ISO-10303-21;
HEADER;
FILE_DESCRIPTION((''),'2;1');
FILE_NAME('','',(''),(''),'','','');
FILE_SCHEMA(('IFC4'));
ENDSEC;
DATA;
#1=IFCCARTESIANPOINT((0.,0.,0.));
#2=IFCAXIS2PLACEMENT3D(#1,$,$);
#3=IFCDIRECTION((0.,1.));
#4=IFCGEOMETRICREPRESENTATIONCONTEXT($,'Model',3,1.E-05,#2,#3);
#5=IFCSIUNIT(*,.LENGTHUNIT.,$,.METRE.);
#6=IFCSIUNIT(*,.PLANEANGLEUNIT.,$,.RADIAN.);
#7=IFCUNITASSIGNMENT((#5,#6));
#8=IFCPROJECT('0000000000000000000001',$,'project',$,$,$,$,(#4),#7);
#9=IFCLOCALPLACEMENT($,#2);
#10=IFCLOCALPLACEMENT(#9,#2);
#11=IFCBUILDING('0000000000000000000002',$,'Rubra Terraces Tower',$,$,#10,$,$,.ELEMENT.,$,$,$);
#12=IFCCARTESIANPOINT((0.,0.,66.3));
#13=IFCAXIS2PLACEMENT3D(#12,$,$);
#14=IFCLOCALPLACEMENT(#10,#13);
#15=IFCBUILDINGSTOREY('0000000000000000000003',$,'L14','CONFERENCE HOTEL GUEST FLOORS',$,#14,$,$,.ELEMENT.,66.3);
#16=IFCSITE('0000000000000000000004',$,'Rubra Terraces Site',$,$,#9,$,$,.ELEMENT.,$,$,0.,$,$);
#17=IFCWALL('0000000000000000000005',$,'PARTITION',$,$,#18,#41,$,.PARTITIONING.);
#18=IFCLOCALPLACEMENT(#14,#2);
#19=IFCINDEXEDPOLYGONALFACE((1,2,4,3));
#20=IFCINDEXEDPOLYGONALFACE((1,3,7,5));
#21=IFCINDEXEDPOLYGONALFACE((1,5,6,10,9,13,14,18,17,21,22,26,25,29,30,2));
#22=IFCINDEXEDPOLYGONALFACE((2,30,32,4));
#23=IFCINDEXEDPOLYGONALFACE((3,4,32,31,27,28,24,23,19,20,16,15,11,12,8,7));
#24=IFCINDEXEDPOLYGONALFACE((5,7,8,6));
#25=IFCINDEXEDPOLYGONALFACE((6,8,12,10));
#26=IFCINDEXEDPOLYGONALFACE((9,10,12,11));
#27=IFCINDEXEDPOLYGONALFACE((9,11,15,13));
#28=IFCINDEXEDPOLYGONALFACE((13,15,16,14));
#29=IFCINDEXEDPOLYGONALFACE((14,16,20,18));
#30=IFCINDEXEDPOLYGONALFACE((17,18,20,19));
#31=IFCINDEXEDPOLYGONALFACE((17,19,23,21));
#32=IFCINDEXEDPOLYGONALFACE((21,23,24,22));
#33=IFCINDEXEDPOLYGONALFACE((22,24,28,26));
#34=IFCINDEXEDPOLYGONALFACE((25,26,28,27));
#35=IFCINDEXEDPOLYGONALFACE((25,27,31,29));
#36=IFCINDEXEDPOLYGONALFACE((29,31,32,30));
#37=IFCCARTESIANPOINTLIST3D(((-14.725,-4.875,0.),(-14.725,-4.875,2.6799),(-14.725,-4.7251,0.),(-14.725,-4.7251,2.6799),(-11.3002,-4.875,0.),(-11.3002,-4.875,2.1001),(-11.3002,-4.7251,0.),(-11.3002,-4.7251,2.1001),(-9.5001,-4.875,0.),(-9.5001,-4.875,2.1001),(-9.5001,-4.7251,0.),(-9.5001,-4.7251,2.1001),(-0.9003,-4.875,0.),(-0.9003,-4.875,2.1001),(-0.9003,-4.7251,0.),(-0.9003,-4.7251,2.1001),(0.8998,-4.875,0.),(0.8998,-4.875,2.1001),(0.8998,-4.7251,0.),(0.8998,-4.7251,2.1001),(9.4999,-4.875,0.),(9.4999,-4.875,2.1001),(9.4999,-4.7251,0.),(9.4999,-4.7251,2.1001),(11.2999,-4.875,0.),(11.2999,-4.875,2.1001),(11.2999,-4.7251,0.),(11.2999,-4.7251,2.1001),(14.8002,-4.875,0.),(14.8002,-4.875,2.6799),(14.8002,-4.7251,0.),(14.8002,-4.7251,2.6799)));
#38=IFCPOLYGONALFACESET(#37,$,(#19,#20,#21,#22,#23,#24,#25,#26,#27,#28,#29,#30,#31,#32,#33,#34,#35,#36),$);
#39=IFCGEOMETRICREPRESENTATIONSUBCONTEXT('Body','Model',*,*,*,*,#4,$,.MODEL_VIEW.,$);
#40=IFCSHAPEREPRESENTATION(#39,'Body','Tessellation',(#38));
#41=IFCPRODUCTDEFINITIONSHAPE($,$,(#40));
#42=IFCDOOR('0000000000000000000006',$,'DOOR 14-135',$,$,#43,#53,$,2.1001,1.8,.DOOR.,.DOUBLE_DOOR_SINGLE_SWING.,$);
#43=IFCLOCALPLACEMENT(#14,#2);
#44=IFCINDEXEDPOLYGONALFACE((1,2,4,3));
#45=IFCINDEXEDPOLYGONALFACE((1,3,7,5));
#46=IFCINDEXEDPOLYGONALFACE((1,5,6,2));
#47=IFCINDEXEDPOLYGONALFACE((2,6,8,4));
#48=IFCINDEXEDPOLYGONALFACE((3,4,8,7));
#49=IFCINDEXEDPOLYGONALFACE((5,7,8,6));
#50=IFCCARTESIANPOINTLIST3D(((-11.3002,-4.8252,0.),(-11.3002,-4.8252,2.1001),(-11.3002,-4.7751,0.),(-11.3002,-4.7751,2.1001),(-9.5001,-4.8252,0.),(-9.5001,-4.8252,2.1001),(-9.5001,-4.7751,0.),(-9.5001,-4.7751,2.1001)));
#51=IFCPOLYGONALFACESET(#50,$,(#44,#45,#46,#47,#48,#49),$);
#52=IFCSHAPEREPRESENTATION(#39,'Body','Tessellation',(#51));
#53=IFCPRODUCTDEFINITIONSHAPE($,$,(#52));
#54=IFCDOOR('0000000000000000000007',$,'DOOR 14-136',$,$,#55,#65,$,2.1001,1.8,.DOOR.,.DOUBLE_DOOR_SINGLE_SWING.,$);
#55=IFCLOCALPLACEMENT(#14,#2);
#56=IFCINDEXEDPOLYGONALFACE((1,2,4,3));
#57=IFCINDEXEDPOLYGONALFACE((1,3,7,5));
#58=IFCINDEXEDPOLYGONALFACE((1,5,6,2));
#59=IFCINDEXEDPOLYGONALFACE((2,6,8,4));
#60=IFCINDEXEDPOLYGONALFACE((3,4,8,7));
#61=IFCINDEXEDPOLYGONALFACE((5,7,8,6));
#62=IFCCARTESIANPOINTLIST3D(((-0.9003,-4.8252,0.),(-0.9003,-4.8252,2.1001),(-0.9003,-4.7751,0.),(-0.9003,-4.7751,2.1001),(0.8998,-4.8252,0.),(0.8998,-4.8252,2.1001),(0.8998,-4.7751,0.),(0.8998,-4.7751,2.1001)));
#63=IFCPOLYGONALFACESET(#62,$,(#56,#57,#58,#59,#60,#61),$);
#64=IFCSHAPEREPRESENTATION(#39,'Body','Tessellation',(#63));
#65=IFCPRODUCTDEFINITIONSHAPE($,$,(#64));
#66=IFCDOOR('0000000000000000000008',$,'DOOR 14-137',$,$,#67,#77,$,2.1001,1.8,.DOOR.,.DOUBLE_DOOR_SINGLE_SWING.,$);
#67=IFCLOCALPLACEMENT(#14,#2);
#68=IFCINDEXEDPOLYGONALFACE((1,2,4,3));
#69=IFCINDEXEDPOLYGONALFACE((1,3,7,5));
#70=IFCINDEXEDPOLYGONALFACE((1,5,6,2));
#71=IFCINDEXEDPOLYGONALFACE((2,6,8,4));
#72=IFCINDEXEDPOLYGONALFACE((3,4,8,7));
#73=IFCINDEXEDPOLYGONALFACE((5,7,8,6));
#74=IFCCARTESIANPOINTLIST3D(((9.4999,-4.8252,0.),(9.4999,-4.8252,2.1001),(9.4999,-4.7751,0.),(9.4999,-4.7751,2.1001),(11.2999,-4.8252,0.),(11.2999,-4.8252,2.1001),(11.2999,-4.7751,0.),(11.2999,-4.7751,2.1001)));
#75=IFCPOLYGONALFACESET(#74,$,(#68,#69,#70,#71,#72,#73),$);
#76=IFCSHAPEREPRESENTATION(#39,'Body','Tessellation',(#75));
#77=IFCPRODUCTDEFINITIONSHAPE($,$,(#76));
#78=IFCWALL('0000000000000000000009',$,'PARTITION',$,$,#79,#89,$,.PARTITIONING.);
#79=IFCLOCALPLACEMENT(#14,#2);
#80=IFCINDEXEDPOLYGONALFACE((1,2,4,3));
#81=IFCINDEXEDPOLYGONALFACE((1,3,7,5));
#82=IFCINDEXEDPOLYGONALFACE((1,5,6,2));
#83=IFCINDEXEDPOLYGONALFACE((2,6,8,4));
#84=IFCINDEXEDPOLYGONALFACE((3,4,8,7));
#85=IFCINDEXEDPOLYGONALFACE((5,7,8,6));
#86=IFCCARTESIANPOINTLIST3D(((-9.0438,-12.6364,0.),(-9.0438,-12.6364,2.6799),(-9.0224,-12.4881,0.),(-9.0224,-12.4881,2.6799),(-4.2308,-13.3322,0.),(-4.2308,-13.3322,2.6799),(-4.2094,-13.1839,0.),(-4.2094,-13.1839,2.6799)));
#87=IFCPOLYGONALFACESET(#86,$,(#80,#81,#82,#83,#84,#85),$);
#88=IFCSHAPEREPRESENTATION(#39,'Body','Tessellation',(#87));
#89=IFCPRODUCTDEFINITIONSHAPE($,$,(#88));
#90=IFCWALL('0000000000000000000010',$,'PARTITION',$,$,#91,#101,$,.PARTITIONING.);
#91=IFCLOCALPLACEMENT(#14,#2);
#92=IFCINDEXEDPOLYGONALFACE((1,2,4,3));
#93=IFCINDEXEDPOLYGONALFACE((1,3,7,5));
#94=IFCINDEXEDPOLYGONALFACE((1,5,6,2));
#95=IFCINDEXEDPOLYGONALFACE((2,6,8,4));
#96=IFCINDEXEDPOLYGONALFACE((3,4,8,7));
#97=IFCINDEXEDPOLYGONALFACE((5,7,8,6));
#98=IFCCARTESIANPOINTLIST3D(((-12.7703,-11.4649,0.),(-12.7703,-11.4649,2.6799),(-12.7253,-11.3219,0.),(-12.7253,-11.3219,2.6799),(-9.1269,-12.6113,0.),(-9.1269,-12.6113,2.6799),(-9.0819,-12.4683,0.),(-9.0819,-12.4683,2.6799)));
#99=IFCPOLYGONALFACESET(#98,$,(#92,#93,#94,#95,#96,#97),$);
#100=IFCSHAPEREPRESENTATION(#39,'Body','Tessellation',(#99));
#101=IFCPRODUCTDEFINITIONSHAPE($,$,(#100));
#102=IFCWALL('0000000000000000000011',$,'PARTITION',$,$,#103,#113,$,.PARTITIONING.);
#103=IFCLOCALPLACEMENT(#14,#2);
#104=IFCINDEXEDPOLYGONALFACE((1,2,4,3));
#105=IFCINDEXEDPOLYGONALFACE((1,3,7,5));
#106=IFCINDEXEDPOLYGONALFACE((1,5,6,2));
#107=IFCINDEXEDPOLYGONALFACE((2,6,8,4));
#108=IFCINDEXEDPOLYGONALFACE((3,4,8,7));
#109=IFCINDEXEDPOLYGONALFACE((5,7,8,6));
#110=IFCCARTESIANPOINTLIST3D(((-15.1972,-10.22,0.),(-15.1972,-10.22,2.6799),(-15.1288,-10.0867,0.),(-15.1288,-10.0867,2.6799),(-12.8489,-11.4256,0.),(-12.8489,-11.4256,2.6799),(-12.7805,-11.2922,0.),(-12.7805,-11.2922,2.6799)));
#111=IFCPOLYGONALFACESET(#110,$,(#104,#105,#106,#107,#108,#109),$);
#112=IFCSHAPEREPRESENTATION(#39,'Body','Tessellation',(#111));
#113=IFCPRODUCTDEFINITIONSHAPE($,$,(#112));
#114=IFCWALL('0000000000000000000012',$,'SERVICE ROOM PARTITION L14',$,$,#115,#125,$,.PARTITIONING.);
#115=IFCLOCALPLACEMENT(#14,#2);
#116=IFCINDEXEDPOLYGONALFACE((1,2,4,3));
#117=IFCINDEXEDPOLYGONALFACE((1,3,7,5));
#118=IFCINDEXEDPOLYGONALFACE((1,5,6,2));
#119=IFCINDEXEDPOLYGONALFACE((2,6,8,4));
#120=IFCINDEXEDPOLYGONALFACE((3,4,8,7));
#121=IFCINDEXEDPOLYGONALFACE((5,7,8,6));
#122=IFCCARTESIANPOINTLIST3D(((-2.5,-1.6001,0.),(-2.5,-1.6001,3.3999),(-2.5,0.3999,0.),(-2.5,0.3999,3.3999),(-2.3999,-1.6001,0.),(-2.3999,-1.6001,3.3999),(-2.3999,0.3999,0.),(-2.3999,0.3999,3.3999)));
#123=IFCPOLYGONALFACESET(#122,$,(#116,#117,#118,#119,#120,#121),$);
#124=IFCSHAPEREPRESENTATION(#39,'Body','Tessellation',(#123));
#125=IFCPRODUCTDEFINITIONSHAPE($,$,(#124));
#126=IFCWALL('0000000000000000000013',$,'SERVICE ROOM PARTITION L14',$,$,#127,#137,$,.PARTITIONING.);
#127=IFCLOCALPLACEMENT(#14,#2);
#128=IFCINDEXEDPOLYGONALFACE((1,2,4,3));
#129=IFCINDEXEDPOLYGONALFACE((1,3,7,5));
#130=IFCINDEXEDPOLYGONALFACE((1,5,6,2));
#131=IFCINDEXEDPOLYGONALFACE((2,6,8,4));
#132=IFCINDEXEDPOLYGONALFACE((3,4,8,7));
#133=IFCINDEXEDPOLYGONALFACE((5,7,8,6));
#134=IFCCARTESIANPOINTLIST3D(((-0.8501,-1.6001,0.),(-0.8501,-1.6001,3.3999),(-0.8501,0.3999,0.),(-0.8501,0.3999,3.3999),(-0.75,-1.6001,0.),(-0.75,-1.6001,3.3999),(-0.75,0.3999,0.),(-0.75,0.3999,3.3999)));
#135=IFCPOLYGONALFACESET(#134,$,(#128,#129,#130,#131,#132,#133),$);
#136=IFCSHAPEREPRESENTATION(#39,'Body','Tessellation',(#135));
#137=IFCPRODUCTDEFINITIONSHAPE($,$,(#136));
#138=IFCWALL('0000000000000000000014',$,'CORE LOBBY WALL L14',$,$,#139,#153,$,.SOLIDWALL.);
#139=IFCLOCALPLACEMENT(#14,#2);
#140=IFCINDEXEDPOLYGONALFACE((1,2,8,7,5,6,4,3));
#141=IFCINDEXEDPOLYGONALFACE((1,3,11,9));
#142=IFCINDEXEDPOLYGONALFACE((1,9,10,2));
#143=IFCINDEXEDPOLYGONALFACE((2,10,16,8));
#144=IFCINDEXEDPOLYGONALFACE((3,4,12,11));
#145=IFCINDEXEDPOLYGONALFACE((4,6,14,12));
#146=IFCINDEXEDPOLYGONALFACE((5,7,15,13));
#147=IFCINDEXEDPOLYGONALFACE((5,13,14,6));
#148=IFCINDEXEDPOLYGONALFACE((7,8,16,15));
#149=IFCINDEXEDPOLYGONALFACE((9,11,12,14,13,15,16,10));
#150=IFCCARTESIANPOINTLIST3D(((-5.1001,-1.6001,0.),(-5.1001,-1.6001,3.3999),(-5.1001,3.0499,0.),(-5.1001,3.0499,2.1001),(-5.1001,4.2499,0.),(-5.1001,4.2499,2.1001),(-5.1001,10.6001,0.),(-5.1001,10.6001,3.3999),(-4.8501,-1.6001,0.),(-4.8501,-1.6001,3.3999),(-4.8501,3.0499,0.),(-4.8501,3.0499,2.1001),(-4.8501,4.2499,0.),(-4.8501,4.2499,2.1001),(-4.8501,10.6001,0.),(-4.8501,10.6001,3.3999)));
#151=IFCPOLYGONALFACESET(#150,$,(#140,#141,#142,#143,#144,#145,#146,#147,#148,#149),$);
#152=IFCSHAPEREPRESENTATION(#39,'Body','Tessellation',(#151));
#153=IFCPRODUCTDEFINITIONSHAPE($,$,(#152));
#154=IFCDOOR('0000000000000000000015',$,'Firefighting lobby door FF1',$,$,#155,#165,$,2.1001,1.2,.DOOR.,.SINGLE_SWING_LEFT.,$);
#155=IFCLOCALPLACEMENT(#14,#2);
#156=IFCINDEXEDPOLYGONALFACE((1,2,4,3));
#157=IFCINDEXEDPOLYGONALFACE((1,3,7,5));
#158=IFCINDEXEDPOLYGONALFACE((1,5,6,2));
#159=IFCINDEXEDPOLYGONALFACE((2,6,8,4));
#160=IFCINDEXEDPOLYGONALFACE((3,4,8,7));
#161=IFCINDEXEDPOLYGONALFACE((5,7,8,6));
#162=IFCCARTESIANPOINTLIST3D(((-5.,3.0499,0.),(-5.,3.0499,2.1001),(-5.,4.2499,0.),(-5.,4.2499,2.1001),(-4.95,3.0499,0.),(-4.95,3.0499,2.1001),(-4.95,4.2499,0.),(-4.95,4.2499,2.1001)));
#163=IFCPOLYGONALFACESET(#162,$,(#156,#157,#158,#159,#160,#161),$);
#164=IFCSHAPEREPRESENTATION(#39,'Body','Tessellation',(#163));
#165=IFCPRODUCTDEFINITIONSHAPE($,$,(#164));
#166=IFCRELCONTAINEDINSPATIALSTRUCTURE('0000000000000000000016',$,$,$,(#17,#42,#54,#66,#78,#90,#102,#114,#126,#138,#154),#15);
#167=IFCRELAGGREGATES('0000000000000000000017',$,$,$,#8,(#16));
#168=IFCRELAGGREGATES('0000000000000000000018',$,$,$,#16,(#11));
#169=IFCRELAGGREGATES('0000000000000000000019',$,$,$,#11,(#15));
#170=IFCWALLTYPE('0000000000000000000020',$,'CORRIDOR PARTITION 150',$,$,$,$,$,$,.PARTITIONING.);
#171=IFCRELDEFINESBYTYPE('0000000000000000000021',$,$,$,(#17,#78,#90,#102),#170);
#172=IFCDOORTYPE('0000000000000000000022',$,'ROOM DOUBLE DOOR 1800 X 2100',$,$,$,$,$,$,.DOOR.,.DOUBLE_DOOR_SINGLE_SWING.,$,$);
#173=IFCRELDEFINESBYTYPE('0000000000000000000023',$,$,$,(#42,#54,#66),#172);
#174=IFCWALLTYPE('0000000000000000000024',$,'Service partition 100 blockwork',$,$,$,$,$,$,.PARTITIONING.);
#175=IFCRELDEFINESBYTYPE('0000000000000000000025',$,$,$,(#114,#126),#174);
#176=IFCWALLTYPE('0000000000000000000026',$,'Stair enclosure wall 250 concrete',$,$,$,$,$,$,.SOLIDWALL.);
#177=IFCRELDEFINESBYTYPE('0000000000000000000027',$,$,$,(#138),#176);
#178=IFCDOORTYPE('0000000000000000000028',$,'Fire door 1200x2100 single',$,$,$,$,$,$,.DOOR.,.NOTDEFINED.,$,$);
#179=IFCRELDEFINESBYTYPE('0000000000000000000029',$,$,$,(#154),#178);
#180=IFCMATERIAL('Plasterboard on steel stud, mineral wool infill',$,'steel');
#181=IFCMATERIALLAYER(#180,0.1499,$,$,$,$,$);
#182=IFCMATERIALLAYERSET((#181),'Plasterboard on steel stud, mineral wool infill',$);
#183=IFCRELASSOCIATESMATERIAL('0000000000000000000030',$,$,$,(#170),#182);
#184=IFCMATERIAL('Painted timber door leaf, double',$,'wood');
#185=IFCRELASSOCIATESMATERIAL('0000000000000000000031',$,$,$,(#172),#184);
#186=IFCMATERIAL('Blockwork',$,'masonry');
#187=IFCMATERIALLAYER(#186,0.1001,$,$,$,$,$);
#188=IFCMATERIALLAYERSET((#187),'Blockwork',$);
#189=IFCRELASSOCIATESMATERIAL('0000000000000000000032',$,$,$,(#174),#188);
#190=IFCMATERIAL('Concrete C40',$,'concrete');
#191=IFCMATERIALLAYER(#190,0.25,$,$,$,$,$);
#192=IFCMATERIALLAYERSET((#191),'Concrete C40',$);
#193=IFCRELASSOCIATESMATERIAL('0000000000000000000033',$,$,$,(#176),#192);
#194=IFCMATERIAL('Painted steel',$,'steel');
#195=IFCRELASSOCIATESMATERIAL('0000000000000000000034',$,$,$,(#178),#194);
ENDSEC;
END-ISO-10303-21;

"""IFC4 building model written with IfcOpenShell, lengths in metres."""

from ifc_helpers import new_model, si_unit, direction, frame, frame_2d, origin, place, context, subcontext, project, spatial, rectangle, extrude, material, layer, layer_set, type_object, element, fill, save


model = new_model("IFC4")

# Units and contexts
model_context = context("Model", 3, precision=1e-05, world=origin(), true_north=direction((0.0, 1.0)))
body_context = subcontext(model_context, "Body", "Model", "MODEL_VIEW")
ifc_project = project(units=[si_unit("LENGTHUNIT", "METRE"), si_unit("PLANEANGLEUNIT", "RADIAN")], contexts=[model_context])

# Site, building, storey
site_placement = place(None, origin())
site = spatial("IfcSite", under=ifc_project, at=site_placement, Name="Rubra Terraces Site", CompositionType="ELEMENT", RefElevation=0.0)
building_placement = place(site_placement, origin())
building = spatial("IfcBuilding", under=site, at=building_placement, Name="Rubra Terraces Tower", CompositionType="ELEMENT")
storey_placement = place(building_placement, frame((0.0, 0.0, 66.3)))
storey = spatial("IfcBuildingStorey", under=building, at=storey_placement, Name="L14", Description="CONFERENCE HOTEL GUEST FLOORS", CompositionType="ELEMENT", Elevation=66.3)

# Shared definitions
ifc_material_1 = material(Name="Concrete C40", Category="concrete")

# Shared definitions
ifc_material_2 = material(Name="Painted steel", Category="steel")

# Shared definitions
ifc_material_3 = material(Name="Plasterboard on steel stud, mineral wool infill", Category="steel")
ifc_layer_1 = layer(ifc_material_3, 0.1499)
ifc_layer_set_1 = layer_set([ifc_layer_1], Name="Plasterboard on steel stud, mineral wool infill")
wall_type_1 = type_object("IfcWallType", Name="CORRIDOR PARTITION 150", PredefinedType="PARTITIONING", material=ifc_layer_set_1)

# Wall, openings, doors
wall_1_placement = place(storey_placement, frame((-14.7251, -4.8, 0.0), z_axis=(0.0, 0.0, 1.0), x_axis=(1.0, 0.0, 0.0)))
wall_1 = element("IfcWall", 1, at=wall_1_placement, inside=storey, type_object=wall_type_1, Name="PARTITION", PredefinedType="PARTITIONING", context=body_context, shape_type="SweptSolid", body=[
    extrude(rectangle(XDim=29.5251, YDim=0.1499, at=frame_2d((14.7627, 0.0))), origin(), (0.0, 0.0, 1.0), 2.6799),
])
opening_1_placement = place(wall_1_placement, frame((3.425, 0.0, 0.0)))
opening_1 = element("IfcOpeningElement", 2, at=opening_1_placement, cuts=wall_1, PredefinedType="OPENING", context=body_context, shape_type="SweptSolid", body=[
    extrude(rectangle(XDim=1.8, YDim=2.1001, at=frame_2d((0.8999, 1.05))), frame((0.0, 0.085, 0.0), z_axis=(0.0, -1.0, 0.0), x_axis=(1.0, 0.0, 0.0)), (0.0, 0.0, 1.0), 0.1699),
])
opening_2_placement = place(wall_1_placement, frame((13.825, 0.0, 0.0)))
opening_2 = element("IfcOpeningElement", 3, at=opening_2_placement, cuts=wall_1, PredefinedType="OPENING", context=body_context, shape_type="SweptSolid", body=[
    extrude(rectangle(XDim=1.8, YDim=2.1001, at=frame_2d((0.8999, 1.05))), frame((0.0, 0.085, 0.0), z_axis=(0.0, -1.0, 0.0), x_axis=(1.0, 0.0, 0.0)), (0.0, 0.0, 1.0), 0.1699),
])
opening_3_placement = place(wall_1_placement, frame((24.2251, 0.0, 0.0)))
opening_3 = element("IfcOpeningElement", 4, at=opening_3_placement, cuts=wall_1, PredefinedType="OPENING", context=body_context, shape_type="SweptSolid", body=[
    extrude(rectangle(XDim=1.8, YDim=2.1001, at=frame_2d((0.8999, 1.05))), frame((0.0, 0.085, 0.0), z_axis=(0.0, -1.0, 0.0), x_axis=(1.0, 0.0, 0.0)), (0.0, 0.0, 1.0), 0.1699),
])
ifc_material_4 = material(Name="Painted timber door leaf, double", Category="wood")
door_type_1 = type_object("IfcDoorType", Name="ROOM DOUBLE DOOR 1800 X 2100", OperationType="DOUBLE_DOOR_SINGLE_SWING", PredefinedType="DOOR", material=ifc_material_4)
door_1_placement = place(opening_1_placement, origin())
door_1 = element("IfcDoor", 5, at=door_1_placement, inside=storey, type_object=door_type_1, Name="DOOR 14-135", OperationType="DOUBLE_DOOR_SINGLE_SWING", OverallHeight=2.1001, OverallWidth=1.8, PredefinedType="DOOR", context=body_context, shape_type="SweptSolid", body=[
    extrude(rectangle(XDim=1.8, YDim=2.1001, at=frame_2d((0.8999, 1.05))), frame((0.0, 0.0249, 0.0), z_axis=(0.0, -1.0, 0.0), x_axis=(1.0, 0.0, 0.0)), (0.0, 0.0, 1.0), 0.05),
])
fill(opening_1, door_1)
door_2_placement = place(opening_2_placement, origin())
door_2 = element("IfcDoor", 6, at=door_2_placement, inside=storey, type_object=door_type_1, Name="DOOR 14-136", OperationType="DOUBLE_DOOR_SINGLE_SWING", OverallHeight=2.1001, OverallWidth=1.8, PredefinedType="DOOR", context=body_context, shape_type="SweptSolid", body=[
    extrude(rectangle(XDim=1.8, YDim=2.1001, at=frame_2d((0.8999, 1.05))), frame((0.0, 0.0249, 0.0), z_axis=(0.0, -1.0, 0.0), x_axis=(1.0, 0.0, 0.0)), (0.0, 0.0, 1.0), 0.05),
])
fill(opening_2, door_2)
door_3_placement = place(opening_3_placement, origin())
door_3 = element("IfcDoor", 7, at=door_3_placement, inside=storey, type_object=door_type_1, Name="DOOR 14-137", OperationType="DOUBLE_DOOR_SINGLE_SWING", OverallHeight=2.1001, OverallWidth=1.8, PredefinedType="DOOR", context=body_context, shape_type="SweptSolid", body=[
    extrude(rectangle(XDim=1.8, YDim=2.1001, at=frame_2d((0.8999, 1.05))), frame((0.0, 0.0249, 0.0), z_axis=(0.0, -1.0, 0.0), x_axis=(1.0, 0.0, 0.0)), (0.0, 0.0, 1.0), 0.05),
])
fill(opening_3, door_3)

# Walls
wall_2_placement = place(storey_placement, frame((-4.22, -13.2581, 0.0), z_axis=(0.0, 0.0, 1.0), x_axis=(-0.989711, 0.14308, 0.0)))
element("IfcWall", 8, at=wall_2_placement, inside=storey, type_object=wall_type_1, Name="PARTITION", PredefinedType="PARTITIONING", context=body_context, shape_type="SweptSolid", body=[
    extrude(rectangle(XDim=4.863, YDim=0.1499, at=frame_2d((2.4316, 0.0))), origin(), (0.0, 0.0, 1.0), 2.6799),
])
wall_3_placement = place(storey_placement, frame((-9.1045, -12.5398, 0.0), z_axis=(0.0, 0.0, 1.0), x_axis=(-0.953891, 0.300152, 0.0)))
element("IfcWall", 9, at=wall_3_placement, inside=storey, type_object=wall_type_1, Name="PARTITION", PredefinedType="PARTITIONING", context=body_context, shape_type="SweptSolid", body=[
    extrude(rectangle(XDim=3.8196, YDim=0.1499, at=frame_2d((1.9097, 0.0))), origin(), (0.0, 0.0, 1.0), 2.6799),
])
wall_4_placement = place(storey_placement, frame((-12.8147, -11.3589, 0.0), z_axis=(0.0, 0.0, 1.0), x_axis=(-0.889623, 0.456696, 0.0)))
element("IfcWall", 10, at=wall_4_placement, inside=storey, type_object=wall_type_1, Name="PARTITION", PredefinedType="PARTITIONING", context=body_context, shape_type="SweptSolid", body=[
    extrude(rectangle(XDim=2.6396, YDim=0.1499, at=frame_2d((1.3198, 0.0))), origin(), (0.0, 0.0, 1.0), 2.6799),
])
ifc_material_5 = material(Name="Blockwork", Category="masonry")
ifc_layer_2 = layer(ifc_material_5, 0.1001)
ifc_layer_set_2 = layer_set([ifc_layer_2], Name="Blockwork")
wall_type_2 = type_object("IfcWallType", Name="Service partition 100 blockwork", PredefinedType="PARTITIONING", material=ifc_layer_set_2)
for number, where, z_axis, x_axis, name in (
    (11, (-2.45, -1.6001, 0.0), (0.0, 0.0, 1.0), (0.0, 1.0, 0.0), "SERVICE ROOM PARTITION L14"),
    (12, (-0.8, -1.6001, 0.0), (0.0, 0.0, 1.0), (0.0, 1.0, 0.0), "SERVICE ROOM PARTITION L14"),
):
    element("IfcWall", number, at=place(storey_placement, frame(where, z_axis=z_axis, x_axis=x_axis)), inside=storey, type_object=wall_type_2, Name=name, PredefinedType="PARTITIONING", context=body_context, shape_type="SweptSolid", body=[
        extrude(rectangle(XDim=2.0, YDim=0.1001, at=frame_2d((1.0, 0.0))), origin(), (0.0, 0.0, 1.0), 3.3999),
    ])

# Wall, opening, door
ifc_layer_3 = layer(ifc_material_1, 0.25)
ifc_layer_set_3 = layer_set([ifc_layer_3], Name="Concrete C40")
wall_type_3 = type_object("IfcWallType", Name="Stair enclosure wall 250 concrete", PredefinedType="SOLIDWALL", material=ifc_layer_set_3)
wall_5_placement = place(storey_placement, frame((-4.9751, -1.6001, 0.0), z_axis=(0.0, 0.0, 1.0), x_axis=(0.0, 1.0, 0.0)))
wall_5 = element("IfcWall", 13, at=wall_5_placement, inside=storey, type_object=wall_type_3, Name="CORE LOBBY WALL L14", PredefinedType="SOLIDWALL", context=body_context, shape_type="SweptSolid", body=[
    extrude(rectangle(XDim=12.2002, YDim=0.25, at=frame_2d((6.1001, 0.0))), origin(), (0.0, 0.0, 1.0), 3.3999),
])
opening_4_placement = place(wall_5_placement, frame((4.6499, 0.0, 0.0)))
opening_4 = element("IfcOpeningElement", 14, at=opening_4_placement, cuts=wall_5, PredefinedType="OPENING", context=body_context, shape_type="SweptSolid", body=[
    extrude(rectangle(XDim=1.2, YDim=2.1001, at=frame_2d((0.6001, 1.05))), frame((0.0, 0.135, 0.0), z_axis=(0.0, -1.0, 0.0), x_axis=(1.0, 0.0, 0.0)), (0.0, 0.0, 1.0), 0.27),
])
door_type_2 = type_object("IfcDoorType", Name="Fire door 1200x2100 single", OperationType="NOTDEFINED", PredefinedType="DOOR", material=ifc_material_2)
door_4_placement = place(opening_4_placement, origin())
door_4 = element("IfcDoor", 15, at=door_4_placement, inside=storey, type_object=door_type_2, Name="Firefighting lobby door FF1", OperationType="SINGLE_SWING_LEFT", OverallHeight=2.1001, OverallWidth=1.2, PredefinedType="DOOR", context=body_context, shape_type="SweptSolid", body=[
    extrude(rectangle(XDim=1.2, YDim=2.1001, at=frame_2d((0.6001, 1.05))), frame((0.0, 0.0249, 0.0), z_axis=(0.0, -1.0, 0.0), x_axis=(1.0, 0.0, 0.0)), (0.0, 0.0, 1.0), 0.05),
])
fill(opening_4, door_4)

save(model, "model.ifc")
